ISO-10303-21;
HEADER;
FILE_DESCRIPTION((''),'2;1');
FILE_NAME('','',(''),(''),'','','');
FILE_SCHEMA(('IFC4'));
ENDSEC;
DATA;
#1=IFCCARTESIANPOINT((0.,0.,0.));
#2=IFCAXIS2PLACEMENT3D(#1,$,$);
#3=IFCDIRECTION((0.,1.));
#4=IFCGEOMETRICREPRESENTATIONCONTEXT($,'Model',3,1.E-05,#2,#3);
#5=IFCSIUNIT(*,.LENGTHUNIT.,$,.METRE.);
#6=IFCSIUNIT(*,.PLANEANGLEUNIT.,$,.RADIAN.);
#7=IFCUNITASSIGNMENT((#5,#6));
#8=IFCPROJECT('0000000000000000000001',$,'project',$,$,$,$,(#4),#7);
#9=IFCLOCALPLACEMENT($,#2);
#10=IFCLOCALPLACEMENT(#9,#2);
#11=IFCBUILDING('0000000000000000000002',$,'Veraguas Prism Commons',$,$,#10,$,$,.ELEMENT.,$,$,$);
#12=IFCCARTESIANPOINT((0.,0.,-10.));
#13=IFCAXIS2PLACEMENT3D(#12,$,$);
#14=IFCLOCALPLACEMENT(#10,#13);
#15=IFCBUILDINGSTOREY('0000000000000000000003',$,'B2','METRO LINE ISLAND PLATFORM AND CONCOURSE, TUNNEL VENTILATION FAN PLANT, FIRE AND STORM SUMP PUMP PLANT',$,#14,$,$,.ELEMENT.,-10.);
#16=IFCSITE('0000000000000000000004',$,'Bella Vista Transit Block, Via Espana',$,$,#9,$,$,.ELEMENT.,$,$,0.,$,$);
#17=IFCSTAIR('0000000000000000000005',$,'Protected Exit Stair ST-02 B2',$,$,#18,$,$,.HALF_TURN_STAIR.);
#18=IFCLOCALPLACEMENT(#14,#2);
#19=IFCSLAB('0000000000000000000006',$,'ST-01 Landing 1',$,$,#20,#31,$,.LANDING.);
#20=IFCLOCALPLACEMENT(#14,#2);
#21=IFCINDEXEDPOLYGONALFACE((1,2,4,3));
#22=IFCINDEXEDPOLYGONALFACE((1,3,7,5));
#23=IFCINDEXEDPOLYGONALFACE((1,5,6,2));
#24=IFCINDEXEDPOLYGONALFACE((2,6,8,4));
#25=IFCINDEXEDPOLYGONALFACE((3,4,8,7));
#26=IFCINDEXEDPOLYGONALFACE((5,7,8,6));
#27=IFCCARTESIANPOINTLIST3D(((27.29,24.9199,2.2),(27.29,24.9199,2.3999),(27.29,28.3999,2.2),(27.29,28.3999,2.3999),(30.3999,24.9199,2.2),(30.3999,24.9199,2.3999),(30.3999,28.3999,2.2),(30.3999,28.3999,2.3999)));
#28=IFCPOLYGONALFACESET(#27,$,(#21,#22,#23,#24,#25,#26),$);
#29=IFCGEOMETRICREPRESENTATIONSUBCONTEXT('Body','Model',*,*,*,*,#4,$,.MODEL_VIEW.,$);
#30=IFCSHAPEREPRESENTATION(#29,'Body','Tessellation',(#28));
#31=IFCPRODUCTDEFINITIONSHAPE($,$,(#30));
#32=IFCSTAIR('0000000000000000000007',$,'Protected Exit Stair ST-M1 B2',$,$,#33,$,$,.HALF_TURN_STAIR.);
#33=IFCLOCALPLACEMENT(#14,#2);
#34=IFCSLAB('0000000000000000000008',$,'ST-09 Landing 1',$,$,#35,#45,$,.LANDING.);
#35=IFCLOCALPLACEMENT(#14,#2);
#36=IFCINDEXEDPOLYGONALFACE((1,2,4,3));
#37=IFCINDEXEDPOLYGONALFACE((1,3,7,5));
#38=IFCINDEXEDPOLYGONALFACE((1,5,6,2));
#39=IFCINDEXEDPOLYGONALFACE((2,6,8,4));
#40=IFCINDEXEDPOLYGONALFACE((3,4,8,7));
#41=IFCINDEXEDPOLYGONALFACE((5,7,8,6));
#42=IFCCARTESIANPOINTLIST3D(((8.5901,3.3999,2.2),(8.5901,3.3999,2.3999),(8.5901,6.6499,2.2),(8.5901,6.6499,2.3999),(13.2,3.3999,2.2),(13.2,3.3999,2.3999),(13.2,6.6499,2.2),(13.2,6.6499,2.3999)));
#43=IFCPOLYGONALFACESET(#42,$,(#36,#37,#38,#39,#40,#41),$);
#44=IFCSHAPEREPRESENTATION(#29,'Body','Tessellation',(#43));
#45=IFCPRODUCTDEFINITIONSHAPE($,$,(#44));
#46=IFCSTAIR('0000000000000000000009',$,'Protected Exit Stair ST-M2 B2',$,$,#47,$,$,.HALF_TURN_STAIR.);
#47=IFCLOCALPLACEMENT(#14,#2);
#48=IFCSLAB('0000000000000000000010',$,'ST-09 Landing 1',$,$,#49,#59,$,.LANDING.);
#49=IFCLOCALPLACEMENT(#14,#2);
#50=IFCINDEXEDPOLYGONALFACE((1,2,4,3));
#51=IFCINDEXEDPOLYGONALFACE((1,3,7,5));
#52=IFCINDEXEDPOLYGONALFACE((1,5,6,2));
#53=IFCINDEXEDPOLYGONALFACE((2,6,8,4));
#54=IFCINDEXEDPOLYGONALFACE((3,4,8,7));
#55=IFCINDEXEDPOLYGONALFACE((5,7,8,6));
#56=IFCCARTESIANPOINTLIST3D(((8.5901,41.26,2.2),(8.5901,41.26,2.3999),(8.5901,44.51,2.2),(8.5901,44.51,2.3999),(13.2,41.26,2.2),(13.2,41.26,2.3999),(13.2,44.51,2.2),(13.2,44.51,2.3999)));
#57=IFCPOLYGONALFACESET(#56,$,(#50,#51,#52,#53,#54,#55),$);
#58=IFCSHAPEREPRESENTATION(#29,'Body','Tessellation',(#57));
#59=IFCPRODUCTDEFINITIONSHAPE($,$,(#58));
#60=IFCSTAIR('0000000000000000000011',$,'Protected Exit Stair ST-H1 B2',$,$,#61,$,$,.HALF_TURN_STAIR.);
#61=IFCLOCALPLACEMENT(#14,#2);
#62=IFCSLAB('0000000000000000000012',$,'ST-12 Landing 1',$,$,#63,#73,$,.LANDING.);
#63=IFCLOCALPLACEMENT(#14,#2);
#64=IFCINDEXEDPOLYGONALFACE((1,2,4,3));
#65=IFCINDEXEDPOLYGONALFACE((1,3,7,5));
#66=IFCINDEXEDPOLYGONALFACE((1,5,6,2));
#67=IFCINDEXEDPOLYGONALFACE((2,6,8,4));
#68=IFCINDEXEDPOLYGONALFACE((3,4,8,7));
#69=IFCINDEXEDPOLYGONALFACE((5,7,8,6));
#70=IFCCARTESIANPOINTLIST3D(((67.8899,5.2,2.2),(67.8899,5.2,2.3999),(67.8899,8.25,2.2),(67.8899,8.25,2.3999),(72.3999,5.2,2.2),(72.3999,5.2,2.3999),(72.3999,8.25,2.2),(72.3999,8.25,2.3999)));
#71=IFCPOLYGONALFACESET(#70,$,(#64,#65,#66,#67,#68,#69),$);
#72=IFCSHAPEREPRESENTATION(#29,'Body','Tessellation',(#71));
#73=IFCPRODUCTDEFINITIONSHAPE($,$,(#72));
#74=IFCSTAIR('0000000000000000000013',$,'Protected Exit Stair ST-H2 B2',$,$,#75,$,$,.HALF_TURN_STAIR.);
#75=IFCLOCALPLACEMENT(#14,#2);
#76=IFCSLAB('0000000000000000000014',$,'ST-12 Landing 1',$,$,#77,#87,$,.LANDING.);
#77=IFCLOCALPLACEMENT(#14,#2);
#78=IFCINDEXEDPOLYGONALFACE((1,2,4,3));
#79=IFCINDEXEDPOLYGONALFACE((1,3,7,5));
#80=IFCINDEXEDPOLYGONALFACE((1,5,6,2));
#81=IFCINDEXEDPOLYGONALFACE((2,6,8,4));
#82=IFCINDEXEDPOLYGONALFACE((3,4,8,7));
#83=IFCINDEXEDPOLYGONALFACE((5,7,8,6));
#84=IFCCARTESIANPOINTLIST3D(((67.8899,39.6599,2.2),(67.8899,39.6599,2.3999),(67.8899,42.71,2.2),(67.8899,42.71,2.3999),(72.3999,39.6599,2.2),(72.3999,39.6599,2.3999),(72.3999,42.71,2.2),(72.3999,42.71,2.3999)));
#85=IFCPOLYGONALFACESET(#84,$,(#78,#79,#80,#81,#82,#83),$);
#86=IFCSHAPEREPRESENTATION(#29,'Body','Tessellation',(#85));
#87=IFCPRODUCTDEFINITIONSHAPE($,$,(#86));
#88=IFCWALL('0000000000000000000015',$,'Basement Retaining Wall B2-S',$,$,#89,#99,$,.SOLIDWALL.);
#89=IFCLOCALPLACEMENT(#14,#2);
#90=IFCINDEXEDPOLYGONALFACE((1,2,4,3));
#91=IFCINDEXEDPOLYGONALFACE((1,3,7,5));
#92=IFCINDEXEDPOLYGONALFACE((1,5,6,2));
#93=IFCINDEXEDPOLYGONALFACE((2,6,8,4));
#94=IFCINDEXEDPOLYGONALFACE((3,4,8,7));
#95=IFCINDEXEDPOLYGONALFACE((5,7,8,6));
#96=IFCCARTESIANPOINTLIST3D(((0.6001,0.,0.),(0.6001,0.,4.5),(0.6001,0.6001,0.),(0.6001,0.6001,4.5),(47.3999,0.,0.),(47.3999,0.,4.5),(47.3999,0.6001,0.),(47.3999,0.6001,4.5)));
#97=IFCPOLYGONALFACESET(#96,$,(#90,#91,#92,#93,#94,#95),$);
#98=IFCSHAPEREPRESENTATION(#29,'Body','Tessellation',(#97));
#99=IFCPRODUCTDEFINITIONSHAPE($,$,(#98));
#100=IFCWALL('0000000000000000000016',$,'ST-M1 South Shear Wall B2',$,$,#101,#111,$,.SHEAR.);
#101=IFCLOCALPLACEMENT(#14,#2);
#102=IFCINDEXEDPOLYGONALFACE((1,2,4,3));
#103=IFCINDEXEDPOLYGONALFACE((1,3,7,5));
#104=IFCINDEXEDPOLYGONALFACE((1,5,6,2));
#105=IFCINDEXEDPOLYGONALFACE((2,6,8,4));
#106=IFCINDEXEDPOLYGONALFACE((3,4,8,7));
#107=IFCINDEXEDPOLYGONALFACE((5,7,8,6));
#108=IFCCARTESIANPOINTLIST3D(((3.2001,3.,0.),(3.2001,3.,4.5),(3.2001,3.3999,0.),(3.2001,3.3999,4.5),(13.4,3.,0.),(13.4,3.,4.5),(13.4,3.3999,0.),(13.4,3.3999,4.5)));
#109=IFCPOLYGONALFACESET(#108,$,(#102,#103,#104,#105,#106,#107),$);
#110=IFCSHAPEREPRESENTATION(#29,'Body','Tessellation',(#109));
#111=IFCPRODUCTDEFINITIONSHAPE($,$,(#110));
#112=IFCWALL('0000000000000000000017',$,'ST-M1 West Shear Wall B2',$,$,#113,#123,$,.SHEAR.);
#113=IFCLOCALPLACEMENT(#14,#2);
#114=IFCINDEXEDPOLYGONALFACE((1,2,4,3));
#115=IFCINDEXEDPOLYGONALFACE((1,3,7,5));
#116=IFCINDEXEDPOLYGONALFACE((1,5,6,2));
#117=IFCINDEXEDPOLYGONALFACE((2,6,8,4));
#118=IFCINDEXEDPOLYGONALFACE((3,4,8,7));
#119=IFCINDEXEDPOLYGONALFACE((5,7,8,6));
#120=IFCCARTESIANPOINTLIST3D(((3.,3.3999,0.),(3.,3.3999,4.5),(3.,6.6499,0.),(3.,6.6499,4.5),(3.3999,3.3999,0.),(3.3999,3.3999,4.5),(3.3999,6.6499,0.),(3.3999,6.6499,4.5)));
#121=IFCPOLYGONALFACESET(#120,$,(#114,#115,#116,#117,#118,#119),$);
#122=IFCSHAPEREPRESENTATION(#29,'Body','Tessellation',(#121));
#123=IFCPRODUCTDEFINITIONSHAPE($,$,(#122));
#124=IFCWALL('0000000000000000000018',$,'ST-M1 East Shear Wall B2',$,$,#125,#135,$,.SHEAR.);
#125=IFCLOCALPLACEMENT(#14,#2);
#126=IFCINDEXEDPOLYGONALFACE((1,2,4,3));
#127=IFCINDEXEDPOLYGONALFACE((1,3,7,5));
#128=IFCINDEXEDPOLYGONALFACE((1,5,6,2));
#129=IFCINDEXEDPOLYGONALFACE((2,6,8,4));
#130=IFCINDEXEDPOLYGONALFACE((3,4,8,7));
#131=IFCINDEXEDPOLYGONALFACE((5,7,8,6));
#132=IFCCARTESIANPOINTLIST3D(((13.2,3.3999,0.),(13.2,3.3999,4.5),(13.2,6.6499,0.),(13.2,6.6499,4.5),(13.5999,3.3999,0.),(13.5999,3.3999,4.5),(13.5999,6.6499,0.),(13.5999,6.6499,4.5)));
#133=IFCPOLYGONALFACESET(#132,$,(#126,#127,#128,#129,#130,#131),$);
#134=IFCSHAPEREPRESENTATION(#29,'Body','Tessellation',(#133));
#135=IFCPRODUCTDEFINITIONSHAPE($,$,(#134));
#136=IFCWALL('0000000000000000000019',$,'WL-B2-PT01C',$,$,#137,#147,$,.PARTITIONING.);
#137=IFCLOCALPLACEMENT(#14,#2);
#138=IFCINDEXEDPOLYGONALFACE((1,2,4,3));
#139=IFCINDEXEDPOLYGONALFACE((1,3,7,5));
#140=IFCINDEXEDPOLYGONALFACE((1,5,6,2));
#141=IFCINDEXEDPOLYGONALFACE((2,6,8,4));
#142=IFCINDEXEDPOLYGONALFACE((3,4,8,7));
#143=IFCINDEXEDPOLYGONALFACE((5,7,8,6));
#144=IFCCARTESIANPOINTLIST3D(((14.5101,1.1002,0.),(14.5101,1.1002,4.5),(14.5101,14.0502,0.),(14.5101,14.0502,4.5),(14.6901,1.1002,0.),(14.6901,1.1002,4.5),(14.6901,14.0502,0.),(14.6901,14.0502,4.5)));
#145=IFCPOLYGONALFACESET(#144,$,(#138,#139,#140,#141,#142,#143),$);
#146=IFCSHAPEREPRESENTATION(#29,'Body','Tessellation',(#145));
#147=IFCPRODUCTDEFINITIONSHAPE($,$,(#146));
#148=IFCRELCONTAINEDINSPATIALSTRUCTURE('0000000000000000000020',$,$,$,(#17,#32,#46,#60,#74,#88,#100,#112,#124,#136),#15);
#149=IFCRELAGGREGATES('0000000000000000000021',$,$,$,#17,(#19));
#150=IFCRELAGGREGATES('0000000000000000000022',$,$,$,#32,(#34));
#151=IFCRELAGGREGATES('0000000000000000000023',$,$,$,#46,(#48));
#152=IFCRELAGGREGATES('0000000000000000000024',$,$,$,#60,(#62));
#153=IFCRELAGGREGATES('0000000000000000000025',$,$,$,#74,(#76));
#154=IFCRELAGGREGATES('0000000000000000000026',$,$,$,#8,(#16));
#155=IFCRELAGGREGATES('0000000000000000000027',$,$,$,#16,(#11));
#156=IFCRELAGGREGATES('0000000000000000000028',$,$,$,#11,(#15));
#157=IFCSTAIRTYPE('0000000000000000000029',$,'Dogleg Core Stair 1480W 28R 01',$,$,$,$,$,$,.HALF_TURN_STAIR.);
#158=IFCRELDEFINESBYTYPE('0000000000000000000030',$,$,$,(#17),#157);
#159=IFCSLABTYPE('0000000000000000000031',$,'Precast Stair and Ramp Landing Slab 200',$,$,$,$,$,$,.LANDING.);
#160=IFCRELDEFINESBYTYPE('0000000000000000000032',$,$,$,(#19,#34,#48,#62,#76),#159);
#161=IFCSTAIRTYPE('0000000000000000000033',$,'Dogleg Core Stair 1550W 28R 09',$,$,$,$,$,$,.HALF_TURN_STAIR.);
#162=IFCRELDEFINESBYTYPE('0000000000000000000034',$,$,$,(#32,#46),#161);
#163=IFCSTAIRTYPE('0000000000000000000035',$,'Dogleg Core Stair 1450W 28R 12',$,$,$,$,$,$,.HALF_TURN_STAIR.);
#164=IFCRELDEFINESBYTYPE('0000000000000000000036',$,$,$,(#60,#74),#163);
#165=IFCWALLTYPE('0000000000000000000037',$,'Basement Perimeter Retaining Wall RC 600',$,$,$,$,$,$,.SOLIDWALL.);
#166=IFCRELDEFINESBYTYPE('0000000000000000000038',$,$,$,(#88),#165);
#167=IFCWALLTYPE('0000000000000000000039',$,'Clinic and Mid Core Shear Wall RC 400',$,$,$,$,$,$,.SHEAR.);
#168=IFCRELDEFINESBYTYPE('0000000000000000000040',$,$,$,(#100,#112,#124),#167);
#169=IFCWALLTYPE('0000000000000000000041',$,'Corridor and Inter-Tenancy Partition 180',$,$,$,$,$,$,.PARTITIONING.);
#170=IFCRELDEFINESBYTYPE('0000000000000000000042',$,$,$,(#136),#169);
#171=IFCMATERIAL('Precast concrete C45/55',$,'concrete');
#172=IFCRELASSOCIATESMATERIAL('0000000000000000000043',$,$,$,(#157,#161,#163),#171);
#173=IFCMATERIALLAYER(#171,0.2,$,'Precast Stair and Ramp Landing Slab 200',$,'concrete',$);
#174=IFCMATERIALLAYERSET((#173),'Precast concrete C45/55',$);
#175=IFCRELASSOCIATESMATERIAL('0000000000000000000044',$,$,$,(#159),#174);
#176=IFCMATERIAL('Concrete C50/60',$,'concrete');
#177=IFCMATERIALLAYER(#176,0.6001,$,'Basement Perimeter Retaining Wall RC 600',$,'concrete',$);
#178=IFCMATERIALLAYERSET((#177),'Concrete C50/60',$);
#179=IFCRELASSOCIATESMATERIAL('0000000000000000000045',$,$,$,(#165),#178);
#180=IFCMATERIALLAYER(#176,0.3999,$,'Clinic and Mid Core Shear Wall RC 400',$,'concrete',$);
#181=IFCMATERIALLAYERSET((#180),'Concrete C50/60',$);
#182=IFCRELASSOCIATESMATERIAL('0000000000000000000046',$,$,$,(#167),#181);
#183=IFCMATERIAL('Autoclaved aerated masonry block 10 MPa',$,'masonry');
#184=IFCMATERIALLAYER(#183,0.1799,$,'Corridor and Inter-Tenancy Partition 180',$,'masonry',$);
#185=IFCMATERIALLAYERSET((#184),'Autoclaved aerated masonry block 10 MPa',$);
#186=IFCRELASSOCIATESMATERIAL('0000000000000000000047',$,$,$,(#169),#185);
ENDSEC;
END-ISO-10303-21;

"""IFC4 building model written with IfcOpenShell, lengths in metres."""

from ifc_helpers import new_model, si_unit, direction, frame, frame_2d, origin, place, context, subcontext, project, spatial, polyline, rectangle, outline, extrude, material, layer, layer_set, type_object, element, aggregate, save


model = new_model("IFC4")

# Units and contexts
model_context = context("Model", 3, precision=1e-05, world=origin(), true_north=direction((0.0, 1.0)))
body_context = subcontext(model_context, "Body", "Model", "MODEL_VIEW")
ifc_project = project(units=[si_unit("LENGTHUNIT", "METRE"), si_unit("PLANEANGLEUNIT", "RADIAN")], contexts=[model_context])

# Site, building, storey
site_placement = place(None, origin())
site = spatial("IfcSite", under=ifc_project, at=site_placement, Name="Bella Vista Transit Block, Via Espana", CompositionType="ELEMENT", RefElevation=0.0)
building_placement = place(site_placement, origin())
building = spatial("IfcBuilding", under=site, at=building_placement, Name="Veraguas Prism Commons", CompositionType="ELEMENT")
storey_placement = place(building_placement, frame((0.0, 0.0, -10.0)))
storey = spatial("IfcBuildingStorey", under=building, at=storey_placement, Name="B2", Description="METRO LINE ISLAND PLATFORM AND CONCOURSE, TUNNEL VENTILATION FAN PLANT, FIRE AND STORM SUMP PUMP PLANT", CompositionType="ELEMENT", Elevation=-10.0)

# Shared definitions
ifc_material_1 = material(Name="Concrete C50/60", Category="concrete")

# Stairs, slabs
ifc_material_2 = material(Name="Precast concrete C45/55", Category="concrete")
stair_type_1 = type_object("IfcStairType", Name="Dogleg Core Stair 1480W 28R 01", PredefinedType="HALF_TURN_STAIR", material=ifc_material_2)
ifc_layer_1 = layer(ifc_material_2, 0.2, Name="Precast Stair and Ramp Landing Slab 200", Category="concrete")
ifc_layer_set_1 = layer_set([ifc_layer_1], Name="Precast concrete C45/55")
slab_type_1 = type_object("IfcSlabType", Name="Precast Stair and Ramp Landing Slab 200", PredefinedType="LANDING", material=ifc_layer_set_1)
stair_1_placement = place(storey_placement, origin())
stair_1 = element("IfcStair", 1, at=stair_1_placement, inside=storey, type_object=stair_type_1, Name="Protected Exit Stair ST-02 B2", PredefinedType="HALF_TURN_STAIR")
slab_1_placement = place(storey_placement, frame((0.0, 0.0, 2.2)))
slab_1 = element("IfcSlab", 2, at=slab_1_placement, type_object=slab_type_1, Name="ST-01 Landing 1", PredefinedType="LANDING", context=body_context, shape_type="SweptSolid", body=[
    extrude(outline(polyline([(30.3999, 24.9199), (30.3999, 28.3999), (27.29, 28.3999), (27.29, 24.9199), (30.3999, 24.9199)])), origin(), (0.0, 0.0, 1.0), 0.2),
])
aggregate(stair_1, [slab_1])
stair_type_2 = type_object("IfcStairType", Name="Dogleg Core Stair 1550W 28R 09", PredefinedType="HALF_TURN_STAIR", material=ifc_material_2)
stair_2_placement = place(storey_placement, origin())
stair_2 = element("IfcStair", 3, at=stair_2_placement, inside=storey, type_object=stair_type_2, Name="Protected Exit Stair ST-M1 B2", PredefinedType="HALF_TURN_STAIR")
slab_2_placement = place(storey_placement, frame((0.0, 0.0, 2.2)))
slab_2 = element("IfcSlab", 4, at=slab_2_placement, type_object=slab_type_1, Name="ST-09 Landing 1", PredefinedType="LANDING", context=body_context, shape_type="SweptSolid", body=[
    extrude(outline(polyline([(8.5901, 3.3999), (13.2, 3.3999), (13.2, 6.6499), (8.5901, 6.6499), (8.5901, 3.3999)])), origin(), (0.0, 0.0, 1.0), 0.2),
])
aggregate(stair_2, [slab_2])
stair_3_placement = place(storey_placement, origin())
stair_3 = element("IfcStair", 5, at=stair_3_placement, inside=storey, type_object=stair_type_2, Name="Protected Exit Stair ST-M2 B2", PredefinedType="HALF_TURN_STAIR")
slab_3_placement = place(storey_placement, frame((0.0, 0.0, 2.2)))
slab_3 = element("IfcSlab", 6, at=slab_3_placement, type_object=slab_type_1, Name="ST-09 Landing 1", PredefinedType="LANDING", context=body_context, shape_type="SweptSolid", body=[
    extrude(outline(polyline([(8.5901, 41.26), (13.2, 41.26), (13.2, 44.51), (8.5901, 44.51), (8.5901, 41.26)])), origin(), (0.0, 0.0, 1.0), 0.2),
])
aggregate(stair_3, [slab_3])
stair_type_3 = type_object("IfcStairType", Name="Dogleg Core Stair 1450W 28R 12", PredefinedType="HALF_TURN_STAIR", material=ifc_material_2)
stair_4_placement = place(storey_placement, origin())
stair_4 = element("IfcStair", 7, at=stair_4_placement, inside=storey, type_object=stair_type_3, Name="Protected Exit Stair ST-H1 B2", PredefinedType="HALF_TURN_STAIR")
slab_4_placement = place(storey_placement, frame((0.0, 0.0, 2.2)))
slab_4 = element("IfcSlab", 8, at=slab_4_placement, type_object=slab_type_1, Name="ST-12 Landing 1", PredefinedType="LANDING", context=body_context, shape_type="SweptSolid", body=[
    extrude(outline(polyline([(67.8899, 5.2), (72.3999, 5.2), (72.3999, 8.25), (67.8899, 8.25), (67.8899, 5.2)])), origin(), (0.0, 0.0, 1.0), 0.2),
])
aggregate(stair_4, [slab_4])
stair_5_placement = place(storey_placement, origin())
stair_5 = element("IfcStair", 9, at=stair_5_placement, inside=storey, type_object=stair_type_3, Name="Protected Exit Stair ST-H2 B2", PredefinedType="HALF_TURN_STAIR")
slab_5_placement = place(storey_placement, frame((0.0, 0.0, 2.2)))
slab_5 = element("IfcSlab", 10, at=slab_5_placement, type_object=slab_type_1, Name="ST-12 Landing 1", PredefinedType="LANDING", context=body_context, shape_type="SweptSolid", body=[
    extrude(outline(polyline([(67.8899, 39.6599), (72.3999, 39.6599), (72.3999, 42.71), (67.8899, 42.71), (67.8899, 39.6599)])), origin(), (0.0, 0.0, 1.0), 0.2),
])
aggregate(stair_5, [slab_5])

# Walls
ifc_layer_2 = layer(ifc_material_1, 0.6001, Name="Basement Perimeter Retaining Wall RC 600", Category="concrete")
ifc_layer_set_2 = layer_set([ifc_layer_2], Name="Concrete C50/60")
wall_type_1 = type_object("IfcWallType", Name="Basement Perimeter Retaining Wall RC 600", PredefinedType="SOLIDWALL", material=ifc_layer_set_2)
wall_1_placement = place(storey_placement, frame((0.6001, 0.3, 0.0), z_axis=(0.0, 0.0, 1.0), x_axis=(1.0, 0.0, 0.0)))
element("IfcWall", 11, at=wall_1_placement, inside=storey, type_object=wall_type_1, Name="Basement Retaining Wall B2-S", PredefinedType="SOLIDWALL", context=body_context, shape_type="SweptSolid", body=[
    extrude(rectangle(XDim=46.7998, YDim=0.6001, at=frame_2d((23.3999, 0.0))), origin(), (0.0, 0.0, 1.0), 4.5),
])
ifc_layer_3 = layer(ifc_material_1, 0.3999, Name="Clinic and Mid Core Shear Wall RC 400", Category="concrete")
ifc_layer_set_3 = layer_set([ifc_layer_3], Name="Concrete C50/60")
wall_type_2 = type_object("IfcWallType", Name="Clinic and Mid Core Shear Wall RC 400", PredefinedType="SHEAR", material=ifc_layer_set_3)
wall_2_placement = place(storey_placement, frame((3.2, 3.2, 0.0), z_axis=(0.0, 0.0, 1.0), x_axis=(1.0, 0.0, 0.0)))
element("IfcWall", 12, at=wall_2_placement, inside=storey, type_object=wall_type_2, Name="ST-M1 South Shear Wall B2", PredefinedType="SHEAR", context=body_context, shape_type="SweptSolid", body=[
    extrude(rectangle(XDim=10.2, YDim=0.3999, at=frame_2d((5.1001, 0.0))), origin(), (0.0, 0.0, 1.0), 4.5),
])
for number, where, z_axis, x_axis, name in (
    (13, (3.2, 3.3999, 0.0), (0.0, 0.0, 1.0), (0.0, 1.0, 0.0), "ST-M1 West Shear Wall B2"),
    (14, (13.3999, 3.3999, 0.0), (0.0, 0.0, 1.0), (0.0, 1.0, 0.0), "ST-M1 East Shear Wall B2"),
):
    element("IfcWall", number, at=place(storey_placement, frame(where, z_axis=z_axis, x_axis=x_axis)), inside=storey, type_object=wall_type_2, Name=name, PredefinedType="SHEAR", context=body_context, shape_type="SweptSolid", body=[
        extrude(rectangle(XDim=3.25, YDim=0.3999, at=frame_2d((1.625, 0.0))), origin(), (0.0, 0.0, 1.0), 4.5),
    ])
ifc_material_3 = material(Name="Autoclaved aerated masonry block 10 MPa", Category="masonry")
ifc_layer_4 = layer(ifc_material_3, 0.1799, Name="Corridor and Inter-Tenancy Partition 180", Category="masonry")
ifc_layer_set_4 = layer_set([ifc_layer_4], Name="Autoclaved aerated masonry block 10 MPa")
wall_type_3 = type_object("IfcWallType", Name="Corridor and Inter-Tenancy Partition 180", PredefinedType="PARTITIONING", material=ifc_layer_set_4)
wall_3_placement = place(storey_placement, frame((14.6001, 1.1001, 0.0), z_axis=(0.0, 0.0, 1.0), x_axis=(0.0, 1.0, 0.0)))
element("IfcWall", 15, at=wall_3_placement, inside=storey, type_object=wall_type_3, Name="WL-B2-PT01C", PredefinedType="PARTITIONING", context=body_context, shape_type="SweptSolid", body=[
    extrude(rectangle(XDim=12.95, YDim=0.1799, at=frame_2d((6.4751, 0.0))), origin(), (0.0, 0.0, 1.0), 4.5),
])

save(model, "model.ifc")
